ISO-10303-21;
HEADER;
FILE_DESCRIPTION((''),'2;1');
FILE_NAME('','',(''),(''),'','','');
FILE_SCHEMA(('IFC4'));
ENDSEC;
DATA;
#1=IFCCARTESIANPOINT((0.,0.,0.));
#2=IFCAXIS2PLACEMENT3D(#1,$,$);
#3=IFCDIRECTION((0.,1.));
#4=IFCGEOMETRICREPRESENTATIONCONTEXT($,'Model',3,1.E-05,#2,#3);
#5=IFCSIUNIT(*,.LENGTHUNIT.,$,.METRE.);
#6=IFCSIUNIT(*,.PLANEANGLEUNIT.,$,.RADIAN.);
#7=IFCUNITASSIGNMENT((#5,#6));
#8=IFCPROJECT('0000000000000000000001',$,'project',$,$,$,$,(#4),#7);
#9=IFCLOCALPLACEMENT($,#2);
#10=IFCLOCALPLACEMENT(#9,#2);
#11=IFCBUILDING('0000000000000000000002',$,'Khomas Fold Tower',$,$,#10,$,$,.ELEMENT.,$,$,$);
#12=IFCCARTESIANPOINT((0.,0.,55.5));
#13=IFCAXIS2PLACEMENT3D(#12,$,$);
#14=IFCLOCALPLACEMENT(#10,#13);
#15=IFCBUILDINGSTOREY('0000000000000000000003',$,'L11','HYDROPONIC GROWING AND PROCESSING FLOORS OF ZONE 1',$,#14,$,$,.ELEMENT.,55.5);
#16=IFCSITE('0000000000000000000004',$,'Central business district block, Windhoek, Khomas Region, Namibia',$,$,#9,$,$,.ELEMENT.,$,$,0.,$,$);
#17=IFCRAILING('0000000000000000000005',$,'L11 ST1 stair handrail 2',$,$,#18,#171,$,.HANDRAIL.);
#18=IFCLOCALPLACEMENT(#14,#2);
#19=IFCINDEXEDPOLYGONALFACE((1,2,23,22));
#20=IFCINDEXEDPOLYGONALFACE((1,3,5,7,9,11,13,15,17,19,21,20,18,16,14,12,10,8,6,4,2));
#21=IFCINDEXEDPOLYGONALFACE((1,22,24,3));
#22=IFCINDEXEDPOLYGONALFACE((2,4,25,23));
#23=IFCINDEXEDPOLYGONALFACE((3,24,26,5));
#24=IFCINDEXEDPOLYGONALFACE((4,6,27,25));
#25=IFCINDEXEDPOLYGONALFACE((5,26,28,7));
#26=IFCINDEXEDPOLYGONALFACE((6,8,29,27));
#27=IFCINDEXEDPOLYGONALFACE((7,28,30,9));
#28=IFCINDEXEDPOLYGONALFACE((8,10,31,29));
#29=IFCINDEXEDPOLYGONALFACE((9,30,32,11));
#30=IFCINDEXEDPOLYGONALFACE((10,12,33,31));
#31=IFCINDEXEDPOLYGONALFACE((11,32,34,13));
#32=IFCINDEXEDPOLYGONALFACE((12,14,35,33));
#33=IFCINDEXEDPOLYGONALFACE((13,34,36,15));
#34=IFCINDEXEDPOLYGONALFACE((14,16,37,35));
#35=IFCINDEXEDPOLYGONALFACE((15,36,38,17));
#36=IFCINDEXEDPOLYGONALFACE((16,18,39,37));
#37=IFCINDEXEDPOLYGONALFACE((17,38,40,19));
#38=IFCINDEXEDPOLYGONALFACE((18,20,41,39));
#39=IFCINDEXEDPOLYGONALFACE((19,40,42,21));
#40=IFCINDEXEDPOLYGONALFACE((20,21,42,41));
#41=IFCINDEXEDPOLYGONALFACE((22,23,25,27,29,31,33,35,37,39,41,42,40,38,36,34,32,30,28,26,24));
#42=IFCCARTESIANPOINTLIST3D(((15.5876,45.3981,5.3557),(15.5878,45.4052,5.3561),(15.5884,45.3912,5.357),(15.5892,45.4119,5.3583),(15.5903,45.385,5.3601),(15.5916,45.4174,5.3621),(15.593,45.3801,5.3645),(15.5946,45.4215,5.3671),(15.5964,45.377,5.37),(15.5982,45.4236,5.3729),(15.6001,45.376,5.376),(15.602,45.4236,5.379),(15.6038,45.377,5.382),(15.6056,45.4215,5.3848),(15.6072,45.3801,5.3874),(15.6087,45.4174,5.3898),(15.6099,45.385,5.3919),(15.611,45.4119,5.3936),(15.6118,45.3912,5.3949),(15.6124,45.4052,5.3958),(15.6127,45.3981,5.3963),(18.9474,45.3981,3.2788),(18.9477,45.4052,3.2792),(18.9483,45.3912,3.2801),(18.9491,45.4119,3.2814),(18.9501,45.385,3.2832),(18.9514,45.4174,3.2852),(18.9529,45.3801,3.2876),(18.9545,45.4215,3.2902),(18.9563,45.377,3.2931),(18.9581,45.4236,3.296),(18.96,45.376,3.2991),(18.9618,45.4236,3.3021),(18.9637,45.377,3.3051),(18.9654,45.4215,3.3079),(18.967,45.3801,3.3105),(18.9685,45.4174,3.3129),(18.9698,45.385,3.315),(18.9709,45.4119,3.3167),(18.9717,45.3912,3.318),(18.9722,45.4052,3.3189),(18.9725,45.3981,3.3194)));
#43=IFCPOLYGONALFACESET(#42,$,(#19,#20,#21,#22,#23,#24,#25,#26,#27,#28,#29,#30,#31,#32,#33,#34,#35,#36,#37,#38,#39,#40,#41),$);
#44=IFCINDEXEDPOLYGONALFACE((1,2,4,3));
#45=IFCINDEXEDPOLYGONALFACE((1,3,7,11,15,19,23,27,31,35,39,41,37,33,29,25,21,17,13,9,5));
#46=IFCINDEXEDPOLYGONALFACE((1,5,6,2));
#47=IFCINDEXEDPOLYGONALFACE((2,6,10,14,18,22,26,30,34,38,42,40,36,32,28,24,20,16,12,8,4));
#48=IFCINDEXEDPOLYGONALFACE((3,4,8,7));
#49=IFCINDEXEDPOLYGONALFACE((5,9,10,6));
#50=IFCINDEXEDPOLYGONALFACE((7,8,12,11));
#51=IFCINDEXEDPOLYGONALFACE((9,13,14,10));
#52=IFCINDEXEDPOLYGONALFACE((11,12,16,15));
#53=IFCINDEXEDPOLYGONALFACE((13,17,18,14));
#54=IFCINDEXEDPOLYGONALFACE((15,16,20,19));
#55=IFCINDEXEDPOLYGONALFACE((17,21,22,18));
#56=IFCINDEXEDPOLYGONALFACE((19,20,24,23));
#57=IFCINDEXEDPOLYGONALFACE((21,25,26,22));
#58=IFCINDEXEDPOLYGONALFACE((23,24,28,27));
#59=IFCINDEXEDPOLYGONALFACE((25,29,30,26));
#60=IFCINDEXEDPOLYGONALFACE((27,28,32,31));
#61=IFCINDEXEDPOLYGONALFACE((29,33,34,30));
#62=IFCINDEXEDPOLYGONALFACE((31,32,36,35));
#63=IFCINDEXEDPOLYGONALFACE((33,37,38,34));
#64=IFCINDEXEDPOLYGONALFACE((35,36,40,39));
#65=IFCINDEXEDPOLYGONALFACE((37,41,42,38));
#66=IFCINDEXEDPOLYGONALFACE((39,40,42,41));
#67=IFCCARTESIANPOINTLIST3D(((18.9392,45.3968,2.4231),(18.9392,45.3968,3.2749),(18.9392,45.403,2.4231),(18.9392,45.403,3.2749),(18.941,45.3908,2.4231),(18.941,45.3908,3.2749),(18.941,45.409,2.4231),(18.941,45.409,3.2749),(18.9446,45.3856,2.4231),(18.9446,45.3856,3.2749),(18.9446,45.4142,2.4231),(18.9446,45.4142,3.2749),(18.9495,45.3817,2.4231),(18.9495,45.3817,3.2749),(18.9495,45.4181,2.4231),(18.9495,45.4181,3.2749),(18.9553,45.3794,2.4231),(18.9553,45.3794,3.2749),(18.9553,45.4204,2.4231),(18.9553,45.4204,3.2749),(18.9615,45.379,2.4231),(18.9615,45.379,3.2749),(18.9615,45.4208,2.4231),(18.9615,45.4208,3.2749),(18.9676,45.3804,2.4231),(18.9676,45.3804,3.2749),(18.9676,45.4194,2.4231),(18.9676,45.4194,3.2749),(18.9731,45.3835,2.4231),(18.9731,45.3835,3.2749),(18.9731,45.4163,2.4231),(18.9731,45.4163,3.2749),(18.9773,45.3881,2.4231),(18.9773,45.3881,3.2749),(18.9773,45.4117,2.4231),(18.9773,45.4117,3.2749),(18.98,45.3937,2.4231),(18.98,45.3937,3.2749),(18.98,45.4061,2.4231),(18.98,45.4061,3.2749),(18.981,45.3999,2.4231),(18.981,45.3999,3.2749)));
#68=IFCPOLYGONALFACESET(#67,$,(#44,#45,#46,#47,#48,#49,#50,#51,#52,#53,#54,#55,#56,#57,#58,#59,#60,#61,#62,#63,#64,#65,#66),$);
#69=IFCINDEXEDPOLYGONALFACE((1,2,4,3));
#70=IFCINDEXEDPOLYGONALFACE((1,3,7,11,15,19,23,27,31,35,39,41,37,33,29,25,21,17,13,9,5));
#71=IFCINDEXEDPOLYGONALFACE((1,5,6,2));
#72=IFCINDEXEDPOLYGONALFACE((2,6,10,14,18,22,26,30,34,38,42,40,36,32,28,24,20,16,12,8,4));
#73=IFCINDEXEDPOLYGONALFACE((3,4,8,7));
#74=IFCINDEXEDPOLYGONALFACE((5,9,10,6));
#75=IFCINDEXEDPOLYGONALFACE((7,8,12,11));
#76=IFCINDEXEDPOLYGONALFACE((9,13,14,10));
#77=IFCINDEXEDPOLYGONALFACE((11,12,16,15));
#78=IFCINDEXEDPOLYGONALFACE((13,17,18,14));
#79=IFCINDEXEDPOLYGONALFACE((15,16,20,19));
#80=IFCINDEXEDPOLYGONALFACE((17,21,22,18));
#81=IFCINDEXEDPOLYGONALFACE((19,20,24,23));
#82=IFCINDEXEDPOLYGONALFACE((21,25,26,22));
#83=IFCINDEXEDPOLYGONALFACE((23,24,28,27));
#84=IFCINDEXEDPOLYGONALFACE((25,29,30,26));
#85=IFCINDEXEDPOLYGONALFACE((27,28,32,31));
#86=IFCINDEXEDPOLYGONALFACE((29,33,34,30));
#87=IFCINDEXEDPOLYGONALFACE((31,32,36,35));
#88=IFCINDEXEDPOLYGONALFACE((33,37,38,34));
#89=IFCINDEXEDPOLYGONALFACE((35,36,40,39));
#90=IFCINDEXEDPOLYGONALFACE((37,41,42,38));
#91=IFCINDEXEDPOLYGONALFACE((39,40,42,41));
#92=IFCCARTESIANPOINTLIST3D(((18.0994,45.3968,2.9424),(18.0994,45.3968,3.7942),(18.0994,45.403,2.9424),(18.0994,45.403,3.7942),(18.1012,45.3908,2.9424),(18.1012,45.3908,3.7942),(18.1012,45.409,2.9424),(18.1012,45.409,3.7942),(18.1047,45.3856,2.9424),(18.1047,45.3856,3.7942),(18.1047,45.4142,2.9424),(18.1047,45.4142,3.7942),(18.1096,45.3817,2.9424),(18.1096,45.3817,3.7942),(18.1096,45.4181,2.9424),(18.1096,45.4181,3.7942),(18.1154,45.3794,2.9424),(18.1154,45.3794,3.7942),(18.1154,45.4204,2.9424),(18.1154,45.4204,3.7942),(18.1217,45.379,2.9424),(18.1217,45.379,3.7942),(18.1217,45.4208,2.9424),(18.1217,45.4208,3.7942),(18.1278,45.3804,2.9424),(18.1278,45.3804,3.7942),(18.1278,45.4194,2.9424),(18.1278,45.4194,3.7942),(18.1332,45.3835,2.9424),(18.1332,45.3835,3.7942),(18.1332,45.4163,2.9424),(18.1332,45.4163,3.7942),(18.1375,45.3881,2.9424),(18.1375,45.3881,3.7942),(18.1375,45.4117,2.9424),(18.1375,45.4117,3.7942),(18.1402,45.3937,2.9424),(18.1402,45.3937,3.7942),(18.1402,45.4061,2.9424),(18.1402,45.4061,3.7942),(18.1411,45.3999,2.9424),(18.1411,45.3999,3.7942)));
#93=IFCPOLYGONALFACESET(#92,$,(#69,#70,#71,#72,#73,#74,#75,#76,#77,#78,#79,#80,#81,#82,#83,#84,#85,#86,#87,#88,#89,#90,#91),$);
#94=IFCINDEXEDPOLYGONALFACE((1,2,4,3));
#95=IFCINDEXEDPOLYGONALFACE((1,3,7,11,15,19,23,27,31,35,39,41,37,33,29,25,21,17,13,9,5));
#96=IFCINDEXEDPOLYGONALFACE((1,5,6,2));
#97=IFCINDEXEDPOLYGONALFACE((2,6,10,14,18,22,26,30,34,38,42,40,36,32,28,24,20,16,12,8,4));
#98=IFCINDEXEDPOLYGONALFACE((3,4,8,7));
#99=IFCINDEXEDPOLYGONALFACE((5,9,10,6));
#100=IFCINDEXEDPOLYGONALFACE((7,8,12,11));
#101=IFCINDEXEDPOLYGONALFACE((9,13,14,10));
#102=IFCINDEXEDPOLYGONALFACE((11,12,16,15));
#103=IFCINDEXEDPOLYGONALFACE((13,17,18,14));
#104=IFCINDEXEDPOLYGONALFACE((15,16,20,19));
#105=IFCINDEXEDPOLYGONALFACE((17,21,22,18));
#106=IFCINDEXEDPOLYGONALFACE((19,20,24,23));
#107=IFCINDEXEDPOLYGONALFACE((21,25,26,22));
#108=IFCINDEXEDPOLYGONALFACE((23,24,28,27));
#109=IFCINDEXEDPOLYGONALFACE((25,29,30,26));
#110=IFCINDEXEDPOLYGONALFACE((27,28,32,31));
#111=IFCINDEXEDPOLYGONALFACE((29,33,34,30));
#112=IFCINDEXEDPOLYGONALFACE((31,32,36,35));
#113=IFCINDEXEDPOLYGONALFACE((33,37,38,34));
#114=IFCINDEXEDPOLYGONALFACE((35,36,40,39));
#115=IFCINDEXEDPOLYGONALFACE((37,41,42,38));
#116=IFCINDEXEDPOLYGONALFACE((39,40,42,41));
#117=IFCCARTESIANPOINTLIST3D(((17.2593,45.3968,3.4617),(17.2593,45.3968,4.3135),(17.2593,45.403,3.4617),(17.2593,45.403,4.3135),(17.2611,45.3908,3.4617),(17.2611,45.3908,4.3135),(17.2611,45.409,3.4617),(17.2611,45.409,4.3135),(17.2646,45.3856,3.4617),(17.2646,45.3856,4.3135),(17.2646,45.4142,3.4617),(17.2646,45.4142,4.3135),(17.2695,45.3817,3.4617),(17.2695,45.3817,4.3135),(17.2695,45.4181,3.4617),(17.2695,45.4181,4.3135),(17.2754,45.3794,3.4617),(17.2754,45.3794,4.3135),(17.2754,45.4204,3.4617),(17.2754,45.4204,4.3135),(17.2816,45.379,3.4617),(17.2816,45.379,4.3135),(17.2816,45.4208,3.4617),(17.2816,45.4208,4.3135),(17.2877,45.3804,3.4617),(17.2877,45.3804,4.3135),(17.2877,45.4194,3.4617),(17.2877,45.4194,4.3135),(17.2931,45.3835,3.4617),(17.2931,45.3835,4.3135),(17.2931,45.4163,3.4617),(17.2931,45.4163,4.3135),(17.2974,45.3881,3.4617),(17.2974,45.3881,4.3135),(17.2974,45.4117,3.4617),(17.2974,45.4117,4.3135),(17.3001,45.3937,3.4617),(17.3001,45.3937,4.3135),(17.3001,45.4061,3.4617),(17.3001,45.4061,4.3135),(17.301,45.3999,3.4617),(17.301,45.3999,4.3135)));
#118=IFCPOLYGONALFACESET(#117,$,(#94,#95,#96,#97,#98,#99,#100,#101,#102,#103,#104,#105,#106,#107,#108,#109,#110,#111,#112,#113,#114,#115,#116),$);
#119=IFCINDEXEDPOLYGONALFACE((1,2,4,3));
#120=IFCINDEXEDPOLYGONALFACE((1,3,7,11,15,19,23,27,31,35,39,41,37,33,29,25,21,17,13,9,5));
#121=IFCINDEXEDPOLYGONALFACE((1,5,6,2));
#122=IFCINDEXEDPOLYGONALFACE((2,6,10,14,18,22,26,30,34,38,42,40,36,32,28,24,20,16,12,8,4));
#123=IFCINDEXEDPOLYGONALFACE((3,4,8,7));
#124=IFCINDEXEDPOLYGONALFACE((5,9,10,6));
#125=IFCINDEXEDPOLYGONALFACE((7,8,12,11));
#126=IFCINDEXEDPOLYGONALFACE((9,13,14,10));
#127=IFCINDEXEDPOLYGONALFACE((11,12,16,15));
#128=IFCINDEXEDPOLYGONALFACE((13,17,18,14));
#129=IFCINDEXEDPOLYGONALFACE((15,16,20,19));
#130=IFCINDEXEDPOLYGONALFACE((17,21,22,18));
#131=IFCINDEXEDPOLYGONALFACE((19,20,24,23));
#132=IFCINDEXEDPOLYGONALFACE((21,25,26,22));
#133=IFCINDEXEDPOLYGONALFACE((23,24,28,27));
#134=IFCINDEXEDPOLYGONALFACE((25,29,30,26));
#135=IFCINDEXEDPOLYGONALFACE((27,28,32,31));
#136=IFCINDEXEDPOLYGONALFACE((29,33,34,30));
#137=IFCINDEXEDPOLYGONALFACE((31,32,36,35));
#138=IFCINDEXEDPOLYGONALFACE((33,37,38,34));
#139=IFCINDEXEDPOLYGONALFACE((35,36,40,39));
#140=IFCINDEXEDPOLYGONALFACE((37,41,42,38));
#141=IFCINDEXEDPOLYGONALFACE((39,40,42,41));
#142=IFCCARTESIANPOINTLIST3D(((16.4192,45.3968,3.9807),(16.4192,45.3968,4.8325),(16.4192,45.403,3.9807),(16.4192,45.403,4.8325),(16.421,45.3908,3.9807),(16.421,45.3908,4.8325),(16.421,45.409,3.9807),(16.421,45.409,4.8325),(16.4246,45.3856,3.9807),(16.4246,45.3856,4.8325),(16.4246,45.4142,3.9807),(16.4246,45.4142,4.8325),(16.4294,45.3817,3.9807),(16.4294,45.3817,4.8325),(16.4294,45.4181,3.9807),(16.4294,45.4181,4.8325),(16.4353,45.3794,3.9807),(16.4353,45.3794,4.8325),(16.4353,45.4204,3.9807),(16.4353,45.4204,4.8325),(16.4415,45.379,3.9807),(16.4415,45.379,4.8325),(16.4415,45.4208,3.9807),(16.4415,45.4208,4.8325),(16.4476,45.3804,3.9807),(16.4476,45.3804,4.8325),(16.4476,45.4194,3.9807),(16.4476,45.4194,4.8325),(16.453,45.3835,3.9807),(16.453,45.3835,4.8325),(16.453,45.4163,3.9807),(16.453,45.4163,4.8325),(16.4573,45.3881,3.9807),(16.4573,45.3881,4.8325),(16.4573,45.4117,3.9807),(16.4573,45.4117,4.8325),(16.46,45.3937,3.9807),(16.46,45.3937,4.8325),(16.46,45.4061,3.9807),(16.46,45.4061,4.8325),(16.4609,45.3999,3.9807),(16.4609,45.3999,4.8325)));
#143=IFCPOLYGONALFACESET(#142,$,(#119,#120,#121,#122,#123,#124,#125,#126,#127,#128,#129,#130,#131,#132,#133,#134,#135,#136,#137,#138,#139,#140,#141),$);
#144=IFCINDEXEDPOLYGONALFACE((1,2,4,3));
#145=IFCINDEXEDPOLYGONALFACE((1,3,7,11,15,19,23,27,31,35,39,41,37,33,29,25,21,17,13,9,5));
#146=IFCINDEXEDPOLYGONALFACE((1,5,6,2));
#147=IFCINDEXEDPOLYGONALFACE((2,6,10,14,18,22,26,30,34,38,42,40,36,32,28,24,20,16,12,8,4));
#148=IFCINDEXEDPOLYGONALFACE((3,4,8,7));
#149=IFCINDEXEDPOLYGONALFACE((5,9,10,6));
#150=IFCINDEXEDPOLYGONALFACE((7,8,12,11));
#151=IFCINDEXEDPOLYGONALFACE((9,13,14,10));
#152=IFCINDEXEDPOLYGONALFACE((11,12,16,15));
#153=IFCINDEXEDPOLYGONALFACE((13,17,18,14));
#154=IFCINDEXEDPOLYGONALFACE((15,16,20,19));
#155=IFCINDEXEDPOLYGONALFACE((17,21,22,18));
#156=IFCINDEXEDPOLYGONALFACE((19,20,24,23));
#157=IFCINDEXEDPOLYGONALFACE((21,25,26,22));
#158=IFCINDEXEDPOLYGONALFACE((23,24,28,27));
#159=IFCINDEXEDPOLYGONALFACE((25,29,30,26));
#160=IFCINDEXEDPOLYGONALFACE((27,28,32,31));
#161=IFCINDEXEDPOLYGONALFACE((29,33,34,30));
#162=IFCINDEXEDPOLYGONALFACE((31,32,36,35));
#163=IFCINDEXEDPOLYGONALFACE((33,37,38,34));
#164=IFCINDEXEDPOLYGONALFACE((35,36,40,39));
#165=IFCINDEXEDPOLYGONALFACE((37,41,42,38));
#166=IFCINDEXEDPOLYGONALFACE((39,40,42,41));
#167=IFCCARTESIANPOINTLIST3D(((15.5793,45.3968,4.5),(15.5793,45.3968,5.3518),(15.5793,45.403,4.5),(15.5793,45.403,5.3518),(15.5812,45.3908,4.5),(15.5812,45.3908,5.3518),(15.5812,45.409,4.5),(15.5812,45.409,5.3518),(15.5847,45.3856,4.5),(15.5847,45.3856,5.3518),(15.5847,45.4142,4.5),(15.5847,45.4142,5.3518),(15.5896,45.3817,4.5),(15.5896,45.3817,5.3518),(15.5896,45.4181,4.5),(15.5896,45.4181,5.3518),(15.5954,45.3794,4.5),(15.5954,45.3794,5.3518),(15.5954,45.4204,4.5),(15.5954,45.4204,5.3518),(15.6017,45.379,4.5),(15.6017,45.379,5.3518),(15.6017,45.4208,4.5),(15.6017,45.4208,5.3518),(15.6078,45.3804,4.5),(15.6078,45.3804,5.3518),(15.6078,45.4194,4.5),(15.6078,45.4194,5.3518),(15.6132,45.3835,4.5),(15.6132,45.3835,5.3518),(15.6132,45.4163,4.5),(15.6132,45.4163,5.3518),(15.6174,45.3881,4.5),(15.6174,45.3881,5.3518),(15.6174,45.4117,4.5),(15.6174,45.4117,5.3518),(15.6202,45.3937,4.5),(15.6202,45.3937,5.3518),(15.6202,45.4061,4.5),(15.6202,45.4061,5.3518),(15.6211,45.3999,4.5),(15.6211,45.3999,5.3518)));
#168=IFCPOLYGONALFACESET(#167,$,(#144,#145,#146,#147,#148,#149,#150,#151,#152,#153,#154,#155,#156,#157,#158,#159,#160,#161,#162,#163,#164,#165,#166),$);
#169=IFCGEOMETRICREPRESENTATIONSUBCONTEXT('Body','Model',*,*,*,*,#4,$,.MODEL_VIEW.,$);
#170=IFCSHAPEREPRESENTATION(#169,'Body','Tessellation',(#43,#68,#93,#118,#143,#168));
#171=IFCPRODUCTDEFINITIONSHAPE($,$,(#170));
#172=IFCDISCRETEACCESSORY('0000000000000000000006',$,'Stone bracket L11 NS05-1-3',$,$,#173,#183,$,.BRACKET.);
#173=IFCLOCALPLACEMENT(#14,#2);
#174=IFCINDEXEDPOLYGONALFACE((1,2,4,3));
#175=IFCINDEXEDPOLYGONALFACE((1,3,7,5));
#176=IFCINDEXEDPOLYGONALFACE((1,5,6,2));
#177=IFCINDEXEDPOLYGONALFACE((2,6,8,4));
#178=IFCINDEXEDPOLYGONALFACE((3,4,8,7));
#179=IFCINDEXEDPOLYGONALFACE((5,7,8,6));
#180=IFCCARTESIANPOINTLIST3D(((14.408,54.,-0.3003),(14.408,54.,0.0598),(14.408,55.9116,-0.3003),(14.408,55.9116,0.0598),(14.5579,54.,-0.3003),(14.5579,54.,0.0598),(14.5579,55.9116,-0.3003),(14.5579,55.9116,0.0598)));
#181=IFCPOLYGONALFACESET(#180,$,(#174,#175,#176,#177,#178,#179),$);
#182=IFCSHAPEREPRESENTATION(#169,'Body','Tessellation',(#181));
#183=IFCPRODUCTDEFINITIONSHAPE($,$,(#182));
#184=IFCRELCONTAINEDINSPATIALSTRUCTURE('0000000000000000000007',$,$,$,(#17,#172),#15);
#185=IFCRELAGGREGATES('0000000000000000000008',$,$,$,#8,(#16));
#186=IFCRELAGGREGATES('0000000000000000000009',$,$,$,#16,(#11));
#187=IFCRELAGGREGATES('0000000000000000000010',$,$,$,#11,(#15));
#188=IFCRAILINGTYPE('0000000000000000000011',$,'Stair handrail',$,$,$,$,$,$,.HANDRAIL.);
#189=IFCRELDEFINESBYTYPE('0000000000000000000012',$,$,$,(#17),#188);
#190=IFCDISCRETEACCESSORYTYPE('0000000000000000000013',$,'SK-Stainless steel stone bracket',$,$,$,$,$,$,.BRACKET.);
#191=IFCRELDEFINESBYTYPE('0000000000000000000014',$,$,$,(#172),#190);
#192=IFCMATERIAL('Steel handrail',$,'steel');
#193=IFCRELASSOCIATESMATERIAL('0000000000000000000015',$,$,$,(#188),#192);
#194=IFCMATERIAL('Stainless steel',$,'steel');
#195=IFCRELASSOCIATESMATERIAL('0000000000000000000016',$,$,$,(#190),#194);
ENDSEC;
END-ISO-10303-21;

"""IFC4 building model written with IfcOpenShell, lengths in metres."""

from ifc_helpers import new_model, si_unit, direction, frame, origin, origin_2d, place, context, subcontext, project, spatial, rectangle, circle, extrude, source, transform, mapped, material, type_object, element, save


model = new_model("IFC4")

# Units and contexts
model_context = context("Model", 3, precision=1e-05, world=origin(), true_north=direction((0.0, 1.0)))
body_context = subcontext(model_context, "Body", "Model", "MODEL_VIEW")
ifc_project = project(units=[si_unit("LENGTHUNIT", "METRE"), si_unit("PLANEANGLEUNIT", "RADIAN")], contexts=[model_context])

# Site, building, storey
site_placement = place(None, origin())
site = spatial("IfcSite", under=ifc_project, at=site_placement, Name="Central business district block, Windhoek, Khomas Region, Namibia", CompositionType="ELEMENT", RefElevation=0.0)
building_placement = place(site_placement, origin())
building = spatial("IfcBuilding", under=site, at=building_placement, Name="Khomas Fold Tower", CompositionType="ELEMENT")
storey_placement = place(building_placement, frame((0.0, 0.0, 55.5)))
storey = spatial("IfcBuildingStorey", under=building, at=storey_placement, Name="L11", Description="HYDROPONIC GROWING AND PROCESSING FLOORS OF ZONE 1", CompositionType="ELEMENT", Elevation=55.5)

# Railing
ifc_material_1 = material(Name="Steel handrail", Category="steel")
railing_type_1 = type_object("IfcRailingType", Name="Stair handrail", PredefinedType="HANDRAIL", material=ifc_material_1)
shared_shape_1 = source(origin(), body_context, "Body", "SweptSolid", [
    extrude(circle(Radius=0.0239, at=origin_2d()), frame((0.0, 0.0, 0.876), z_axis=(-0.850606, 0.0, 0.525803), x_axis=(0.0, -1.0, 0.0)), (0.0, 0.0, 1.0), 3.95),
    extrude(circle(Radius=0.021, at=origin_2d()), origin(), (0.0, 0.0, 1.0), 0.8518),
    extrude(circle(Radius=0.021, at=origin_2d()), frame((-0.8398, 0.0, 0.5193)), (0.0, 0.0, 1.0), 0.8518),
    extrude(circle(Radius=0.021, at=origin_2d()), frame((-1.6799, 0.0, 1.0386)), (0.0, 0.0, 1.0), 0.8518),
    extrude(circle(Radius=0.021, at=origin_2d()), frame((-2.52, 0.0, 1.5576)), (0.0, 0.0, 1.0), 0.8518),
    extrude(circle(Radius=0.021, at=origin_2d()), frame((-3.3599, 0.0, 2.0769)), (0.0, 0.0, 1.0), 0.8518),
])
railing_1_placement = place(storey_placement, frame((18.96, 45.3999, 2.4231)))
element("IfcRailing", 1, at=railing_1_placement, inside=storey, type_object=railing_type_1, Name="L11 ST1 stair handrail 2", PredefinedType="HANDRAIL", context=body_context, shape_type="MappedRepresentation", body=[
    mapped(shared_shape_1, transform((0.0, 0.0, 0.0))),
])

# Discrete accessory
ifc_material_2 = material(Name="Stainless steel", Category="steel")
discrete_accessory_type = type_object("IfcDiscreteAccessoryType", Name="SK-Stainless steel stone bracket", PredefinedType="BRACKET", material=ifc_material_2)
shared_shape_2 = source(origin(), body_context, "Body", "SweptSolid", [
    extrude(rectangle(XDim=1.9116, YDim=0.1499, at=origin_2d()), origin(), (0.0, 0.0, 1.0), 0.3601),
])
discrete_accessory_placement = place(storey_placement, frame((14.4829, 54.9558, -0.3003), z_axis=(0.0, 0.0, 1.0), x_axis=(0.0, 1.0, 0.0)))
element("IfcDiscreteAccessory", 2, at=discrete_accessory_placement, inside=storey, type_object=discrete_accessory_type, Name="Stone bracket L11 NS05-1-3", PredefinedType="BRACKET", context=body_context, shape_type="MappedRepresentation", body=[
    mapped(shared_shape_2, transform((0.0, 0.0, 0.0))),
])

save(model, "model.ifc")
